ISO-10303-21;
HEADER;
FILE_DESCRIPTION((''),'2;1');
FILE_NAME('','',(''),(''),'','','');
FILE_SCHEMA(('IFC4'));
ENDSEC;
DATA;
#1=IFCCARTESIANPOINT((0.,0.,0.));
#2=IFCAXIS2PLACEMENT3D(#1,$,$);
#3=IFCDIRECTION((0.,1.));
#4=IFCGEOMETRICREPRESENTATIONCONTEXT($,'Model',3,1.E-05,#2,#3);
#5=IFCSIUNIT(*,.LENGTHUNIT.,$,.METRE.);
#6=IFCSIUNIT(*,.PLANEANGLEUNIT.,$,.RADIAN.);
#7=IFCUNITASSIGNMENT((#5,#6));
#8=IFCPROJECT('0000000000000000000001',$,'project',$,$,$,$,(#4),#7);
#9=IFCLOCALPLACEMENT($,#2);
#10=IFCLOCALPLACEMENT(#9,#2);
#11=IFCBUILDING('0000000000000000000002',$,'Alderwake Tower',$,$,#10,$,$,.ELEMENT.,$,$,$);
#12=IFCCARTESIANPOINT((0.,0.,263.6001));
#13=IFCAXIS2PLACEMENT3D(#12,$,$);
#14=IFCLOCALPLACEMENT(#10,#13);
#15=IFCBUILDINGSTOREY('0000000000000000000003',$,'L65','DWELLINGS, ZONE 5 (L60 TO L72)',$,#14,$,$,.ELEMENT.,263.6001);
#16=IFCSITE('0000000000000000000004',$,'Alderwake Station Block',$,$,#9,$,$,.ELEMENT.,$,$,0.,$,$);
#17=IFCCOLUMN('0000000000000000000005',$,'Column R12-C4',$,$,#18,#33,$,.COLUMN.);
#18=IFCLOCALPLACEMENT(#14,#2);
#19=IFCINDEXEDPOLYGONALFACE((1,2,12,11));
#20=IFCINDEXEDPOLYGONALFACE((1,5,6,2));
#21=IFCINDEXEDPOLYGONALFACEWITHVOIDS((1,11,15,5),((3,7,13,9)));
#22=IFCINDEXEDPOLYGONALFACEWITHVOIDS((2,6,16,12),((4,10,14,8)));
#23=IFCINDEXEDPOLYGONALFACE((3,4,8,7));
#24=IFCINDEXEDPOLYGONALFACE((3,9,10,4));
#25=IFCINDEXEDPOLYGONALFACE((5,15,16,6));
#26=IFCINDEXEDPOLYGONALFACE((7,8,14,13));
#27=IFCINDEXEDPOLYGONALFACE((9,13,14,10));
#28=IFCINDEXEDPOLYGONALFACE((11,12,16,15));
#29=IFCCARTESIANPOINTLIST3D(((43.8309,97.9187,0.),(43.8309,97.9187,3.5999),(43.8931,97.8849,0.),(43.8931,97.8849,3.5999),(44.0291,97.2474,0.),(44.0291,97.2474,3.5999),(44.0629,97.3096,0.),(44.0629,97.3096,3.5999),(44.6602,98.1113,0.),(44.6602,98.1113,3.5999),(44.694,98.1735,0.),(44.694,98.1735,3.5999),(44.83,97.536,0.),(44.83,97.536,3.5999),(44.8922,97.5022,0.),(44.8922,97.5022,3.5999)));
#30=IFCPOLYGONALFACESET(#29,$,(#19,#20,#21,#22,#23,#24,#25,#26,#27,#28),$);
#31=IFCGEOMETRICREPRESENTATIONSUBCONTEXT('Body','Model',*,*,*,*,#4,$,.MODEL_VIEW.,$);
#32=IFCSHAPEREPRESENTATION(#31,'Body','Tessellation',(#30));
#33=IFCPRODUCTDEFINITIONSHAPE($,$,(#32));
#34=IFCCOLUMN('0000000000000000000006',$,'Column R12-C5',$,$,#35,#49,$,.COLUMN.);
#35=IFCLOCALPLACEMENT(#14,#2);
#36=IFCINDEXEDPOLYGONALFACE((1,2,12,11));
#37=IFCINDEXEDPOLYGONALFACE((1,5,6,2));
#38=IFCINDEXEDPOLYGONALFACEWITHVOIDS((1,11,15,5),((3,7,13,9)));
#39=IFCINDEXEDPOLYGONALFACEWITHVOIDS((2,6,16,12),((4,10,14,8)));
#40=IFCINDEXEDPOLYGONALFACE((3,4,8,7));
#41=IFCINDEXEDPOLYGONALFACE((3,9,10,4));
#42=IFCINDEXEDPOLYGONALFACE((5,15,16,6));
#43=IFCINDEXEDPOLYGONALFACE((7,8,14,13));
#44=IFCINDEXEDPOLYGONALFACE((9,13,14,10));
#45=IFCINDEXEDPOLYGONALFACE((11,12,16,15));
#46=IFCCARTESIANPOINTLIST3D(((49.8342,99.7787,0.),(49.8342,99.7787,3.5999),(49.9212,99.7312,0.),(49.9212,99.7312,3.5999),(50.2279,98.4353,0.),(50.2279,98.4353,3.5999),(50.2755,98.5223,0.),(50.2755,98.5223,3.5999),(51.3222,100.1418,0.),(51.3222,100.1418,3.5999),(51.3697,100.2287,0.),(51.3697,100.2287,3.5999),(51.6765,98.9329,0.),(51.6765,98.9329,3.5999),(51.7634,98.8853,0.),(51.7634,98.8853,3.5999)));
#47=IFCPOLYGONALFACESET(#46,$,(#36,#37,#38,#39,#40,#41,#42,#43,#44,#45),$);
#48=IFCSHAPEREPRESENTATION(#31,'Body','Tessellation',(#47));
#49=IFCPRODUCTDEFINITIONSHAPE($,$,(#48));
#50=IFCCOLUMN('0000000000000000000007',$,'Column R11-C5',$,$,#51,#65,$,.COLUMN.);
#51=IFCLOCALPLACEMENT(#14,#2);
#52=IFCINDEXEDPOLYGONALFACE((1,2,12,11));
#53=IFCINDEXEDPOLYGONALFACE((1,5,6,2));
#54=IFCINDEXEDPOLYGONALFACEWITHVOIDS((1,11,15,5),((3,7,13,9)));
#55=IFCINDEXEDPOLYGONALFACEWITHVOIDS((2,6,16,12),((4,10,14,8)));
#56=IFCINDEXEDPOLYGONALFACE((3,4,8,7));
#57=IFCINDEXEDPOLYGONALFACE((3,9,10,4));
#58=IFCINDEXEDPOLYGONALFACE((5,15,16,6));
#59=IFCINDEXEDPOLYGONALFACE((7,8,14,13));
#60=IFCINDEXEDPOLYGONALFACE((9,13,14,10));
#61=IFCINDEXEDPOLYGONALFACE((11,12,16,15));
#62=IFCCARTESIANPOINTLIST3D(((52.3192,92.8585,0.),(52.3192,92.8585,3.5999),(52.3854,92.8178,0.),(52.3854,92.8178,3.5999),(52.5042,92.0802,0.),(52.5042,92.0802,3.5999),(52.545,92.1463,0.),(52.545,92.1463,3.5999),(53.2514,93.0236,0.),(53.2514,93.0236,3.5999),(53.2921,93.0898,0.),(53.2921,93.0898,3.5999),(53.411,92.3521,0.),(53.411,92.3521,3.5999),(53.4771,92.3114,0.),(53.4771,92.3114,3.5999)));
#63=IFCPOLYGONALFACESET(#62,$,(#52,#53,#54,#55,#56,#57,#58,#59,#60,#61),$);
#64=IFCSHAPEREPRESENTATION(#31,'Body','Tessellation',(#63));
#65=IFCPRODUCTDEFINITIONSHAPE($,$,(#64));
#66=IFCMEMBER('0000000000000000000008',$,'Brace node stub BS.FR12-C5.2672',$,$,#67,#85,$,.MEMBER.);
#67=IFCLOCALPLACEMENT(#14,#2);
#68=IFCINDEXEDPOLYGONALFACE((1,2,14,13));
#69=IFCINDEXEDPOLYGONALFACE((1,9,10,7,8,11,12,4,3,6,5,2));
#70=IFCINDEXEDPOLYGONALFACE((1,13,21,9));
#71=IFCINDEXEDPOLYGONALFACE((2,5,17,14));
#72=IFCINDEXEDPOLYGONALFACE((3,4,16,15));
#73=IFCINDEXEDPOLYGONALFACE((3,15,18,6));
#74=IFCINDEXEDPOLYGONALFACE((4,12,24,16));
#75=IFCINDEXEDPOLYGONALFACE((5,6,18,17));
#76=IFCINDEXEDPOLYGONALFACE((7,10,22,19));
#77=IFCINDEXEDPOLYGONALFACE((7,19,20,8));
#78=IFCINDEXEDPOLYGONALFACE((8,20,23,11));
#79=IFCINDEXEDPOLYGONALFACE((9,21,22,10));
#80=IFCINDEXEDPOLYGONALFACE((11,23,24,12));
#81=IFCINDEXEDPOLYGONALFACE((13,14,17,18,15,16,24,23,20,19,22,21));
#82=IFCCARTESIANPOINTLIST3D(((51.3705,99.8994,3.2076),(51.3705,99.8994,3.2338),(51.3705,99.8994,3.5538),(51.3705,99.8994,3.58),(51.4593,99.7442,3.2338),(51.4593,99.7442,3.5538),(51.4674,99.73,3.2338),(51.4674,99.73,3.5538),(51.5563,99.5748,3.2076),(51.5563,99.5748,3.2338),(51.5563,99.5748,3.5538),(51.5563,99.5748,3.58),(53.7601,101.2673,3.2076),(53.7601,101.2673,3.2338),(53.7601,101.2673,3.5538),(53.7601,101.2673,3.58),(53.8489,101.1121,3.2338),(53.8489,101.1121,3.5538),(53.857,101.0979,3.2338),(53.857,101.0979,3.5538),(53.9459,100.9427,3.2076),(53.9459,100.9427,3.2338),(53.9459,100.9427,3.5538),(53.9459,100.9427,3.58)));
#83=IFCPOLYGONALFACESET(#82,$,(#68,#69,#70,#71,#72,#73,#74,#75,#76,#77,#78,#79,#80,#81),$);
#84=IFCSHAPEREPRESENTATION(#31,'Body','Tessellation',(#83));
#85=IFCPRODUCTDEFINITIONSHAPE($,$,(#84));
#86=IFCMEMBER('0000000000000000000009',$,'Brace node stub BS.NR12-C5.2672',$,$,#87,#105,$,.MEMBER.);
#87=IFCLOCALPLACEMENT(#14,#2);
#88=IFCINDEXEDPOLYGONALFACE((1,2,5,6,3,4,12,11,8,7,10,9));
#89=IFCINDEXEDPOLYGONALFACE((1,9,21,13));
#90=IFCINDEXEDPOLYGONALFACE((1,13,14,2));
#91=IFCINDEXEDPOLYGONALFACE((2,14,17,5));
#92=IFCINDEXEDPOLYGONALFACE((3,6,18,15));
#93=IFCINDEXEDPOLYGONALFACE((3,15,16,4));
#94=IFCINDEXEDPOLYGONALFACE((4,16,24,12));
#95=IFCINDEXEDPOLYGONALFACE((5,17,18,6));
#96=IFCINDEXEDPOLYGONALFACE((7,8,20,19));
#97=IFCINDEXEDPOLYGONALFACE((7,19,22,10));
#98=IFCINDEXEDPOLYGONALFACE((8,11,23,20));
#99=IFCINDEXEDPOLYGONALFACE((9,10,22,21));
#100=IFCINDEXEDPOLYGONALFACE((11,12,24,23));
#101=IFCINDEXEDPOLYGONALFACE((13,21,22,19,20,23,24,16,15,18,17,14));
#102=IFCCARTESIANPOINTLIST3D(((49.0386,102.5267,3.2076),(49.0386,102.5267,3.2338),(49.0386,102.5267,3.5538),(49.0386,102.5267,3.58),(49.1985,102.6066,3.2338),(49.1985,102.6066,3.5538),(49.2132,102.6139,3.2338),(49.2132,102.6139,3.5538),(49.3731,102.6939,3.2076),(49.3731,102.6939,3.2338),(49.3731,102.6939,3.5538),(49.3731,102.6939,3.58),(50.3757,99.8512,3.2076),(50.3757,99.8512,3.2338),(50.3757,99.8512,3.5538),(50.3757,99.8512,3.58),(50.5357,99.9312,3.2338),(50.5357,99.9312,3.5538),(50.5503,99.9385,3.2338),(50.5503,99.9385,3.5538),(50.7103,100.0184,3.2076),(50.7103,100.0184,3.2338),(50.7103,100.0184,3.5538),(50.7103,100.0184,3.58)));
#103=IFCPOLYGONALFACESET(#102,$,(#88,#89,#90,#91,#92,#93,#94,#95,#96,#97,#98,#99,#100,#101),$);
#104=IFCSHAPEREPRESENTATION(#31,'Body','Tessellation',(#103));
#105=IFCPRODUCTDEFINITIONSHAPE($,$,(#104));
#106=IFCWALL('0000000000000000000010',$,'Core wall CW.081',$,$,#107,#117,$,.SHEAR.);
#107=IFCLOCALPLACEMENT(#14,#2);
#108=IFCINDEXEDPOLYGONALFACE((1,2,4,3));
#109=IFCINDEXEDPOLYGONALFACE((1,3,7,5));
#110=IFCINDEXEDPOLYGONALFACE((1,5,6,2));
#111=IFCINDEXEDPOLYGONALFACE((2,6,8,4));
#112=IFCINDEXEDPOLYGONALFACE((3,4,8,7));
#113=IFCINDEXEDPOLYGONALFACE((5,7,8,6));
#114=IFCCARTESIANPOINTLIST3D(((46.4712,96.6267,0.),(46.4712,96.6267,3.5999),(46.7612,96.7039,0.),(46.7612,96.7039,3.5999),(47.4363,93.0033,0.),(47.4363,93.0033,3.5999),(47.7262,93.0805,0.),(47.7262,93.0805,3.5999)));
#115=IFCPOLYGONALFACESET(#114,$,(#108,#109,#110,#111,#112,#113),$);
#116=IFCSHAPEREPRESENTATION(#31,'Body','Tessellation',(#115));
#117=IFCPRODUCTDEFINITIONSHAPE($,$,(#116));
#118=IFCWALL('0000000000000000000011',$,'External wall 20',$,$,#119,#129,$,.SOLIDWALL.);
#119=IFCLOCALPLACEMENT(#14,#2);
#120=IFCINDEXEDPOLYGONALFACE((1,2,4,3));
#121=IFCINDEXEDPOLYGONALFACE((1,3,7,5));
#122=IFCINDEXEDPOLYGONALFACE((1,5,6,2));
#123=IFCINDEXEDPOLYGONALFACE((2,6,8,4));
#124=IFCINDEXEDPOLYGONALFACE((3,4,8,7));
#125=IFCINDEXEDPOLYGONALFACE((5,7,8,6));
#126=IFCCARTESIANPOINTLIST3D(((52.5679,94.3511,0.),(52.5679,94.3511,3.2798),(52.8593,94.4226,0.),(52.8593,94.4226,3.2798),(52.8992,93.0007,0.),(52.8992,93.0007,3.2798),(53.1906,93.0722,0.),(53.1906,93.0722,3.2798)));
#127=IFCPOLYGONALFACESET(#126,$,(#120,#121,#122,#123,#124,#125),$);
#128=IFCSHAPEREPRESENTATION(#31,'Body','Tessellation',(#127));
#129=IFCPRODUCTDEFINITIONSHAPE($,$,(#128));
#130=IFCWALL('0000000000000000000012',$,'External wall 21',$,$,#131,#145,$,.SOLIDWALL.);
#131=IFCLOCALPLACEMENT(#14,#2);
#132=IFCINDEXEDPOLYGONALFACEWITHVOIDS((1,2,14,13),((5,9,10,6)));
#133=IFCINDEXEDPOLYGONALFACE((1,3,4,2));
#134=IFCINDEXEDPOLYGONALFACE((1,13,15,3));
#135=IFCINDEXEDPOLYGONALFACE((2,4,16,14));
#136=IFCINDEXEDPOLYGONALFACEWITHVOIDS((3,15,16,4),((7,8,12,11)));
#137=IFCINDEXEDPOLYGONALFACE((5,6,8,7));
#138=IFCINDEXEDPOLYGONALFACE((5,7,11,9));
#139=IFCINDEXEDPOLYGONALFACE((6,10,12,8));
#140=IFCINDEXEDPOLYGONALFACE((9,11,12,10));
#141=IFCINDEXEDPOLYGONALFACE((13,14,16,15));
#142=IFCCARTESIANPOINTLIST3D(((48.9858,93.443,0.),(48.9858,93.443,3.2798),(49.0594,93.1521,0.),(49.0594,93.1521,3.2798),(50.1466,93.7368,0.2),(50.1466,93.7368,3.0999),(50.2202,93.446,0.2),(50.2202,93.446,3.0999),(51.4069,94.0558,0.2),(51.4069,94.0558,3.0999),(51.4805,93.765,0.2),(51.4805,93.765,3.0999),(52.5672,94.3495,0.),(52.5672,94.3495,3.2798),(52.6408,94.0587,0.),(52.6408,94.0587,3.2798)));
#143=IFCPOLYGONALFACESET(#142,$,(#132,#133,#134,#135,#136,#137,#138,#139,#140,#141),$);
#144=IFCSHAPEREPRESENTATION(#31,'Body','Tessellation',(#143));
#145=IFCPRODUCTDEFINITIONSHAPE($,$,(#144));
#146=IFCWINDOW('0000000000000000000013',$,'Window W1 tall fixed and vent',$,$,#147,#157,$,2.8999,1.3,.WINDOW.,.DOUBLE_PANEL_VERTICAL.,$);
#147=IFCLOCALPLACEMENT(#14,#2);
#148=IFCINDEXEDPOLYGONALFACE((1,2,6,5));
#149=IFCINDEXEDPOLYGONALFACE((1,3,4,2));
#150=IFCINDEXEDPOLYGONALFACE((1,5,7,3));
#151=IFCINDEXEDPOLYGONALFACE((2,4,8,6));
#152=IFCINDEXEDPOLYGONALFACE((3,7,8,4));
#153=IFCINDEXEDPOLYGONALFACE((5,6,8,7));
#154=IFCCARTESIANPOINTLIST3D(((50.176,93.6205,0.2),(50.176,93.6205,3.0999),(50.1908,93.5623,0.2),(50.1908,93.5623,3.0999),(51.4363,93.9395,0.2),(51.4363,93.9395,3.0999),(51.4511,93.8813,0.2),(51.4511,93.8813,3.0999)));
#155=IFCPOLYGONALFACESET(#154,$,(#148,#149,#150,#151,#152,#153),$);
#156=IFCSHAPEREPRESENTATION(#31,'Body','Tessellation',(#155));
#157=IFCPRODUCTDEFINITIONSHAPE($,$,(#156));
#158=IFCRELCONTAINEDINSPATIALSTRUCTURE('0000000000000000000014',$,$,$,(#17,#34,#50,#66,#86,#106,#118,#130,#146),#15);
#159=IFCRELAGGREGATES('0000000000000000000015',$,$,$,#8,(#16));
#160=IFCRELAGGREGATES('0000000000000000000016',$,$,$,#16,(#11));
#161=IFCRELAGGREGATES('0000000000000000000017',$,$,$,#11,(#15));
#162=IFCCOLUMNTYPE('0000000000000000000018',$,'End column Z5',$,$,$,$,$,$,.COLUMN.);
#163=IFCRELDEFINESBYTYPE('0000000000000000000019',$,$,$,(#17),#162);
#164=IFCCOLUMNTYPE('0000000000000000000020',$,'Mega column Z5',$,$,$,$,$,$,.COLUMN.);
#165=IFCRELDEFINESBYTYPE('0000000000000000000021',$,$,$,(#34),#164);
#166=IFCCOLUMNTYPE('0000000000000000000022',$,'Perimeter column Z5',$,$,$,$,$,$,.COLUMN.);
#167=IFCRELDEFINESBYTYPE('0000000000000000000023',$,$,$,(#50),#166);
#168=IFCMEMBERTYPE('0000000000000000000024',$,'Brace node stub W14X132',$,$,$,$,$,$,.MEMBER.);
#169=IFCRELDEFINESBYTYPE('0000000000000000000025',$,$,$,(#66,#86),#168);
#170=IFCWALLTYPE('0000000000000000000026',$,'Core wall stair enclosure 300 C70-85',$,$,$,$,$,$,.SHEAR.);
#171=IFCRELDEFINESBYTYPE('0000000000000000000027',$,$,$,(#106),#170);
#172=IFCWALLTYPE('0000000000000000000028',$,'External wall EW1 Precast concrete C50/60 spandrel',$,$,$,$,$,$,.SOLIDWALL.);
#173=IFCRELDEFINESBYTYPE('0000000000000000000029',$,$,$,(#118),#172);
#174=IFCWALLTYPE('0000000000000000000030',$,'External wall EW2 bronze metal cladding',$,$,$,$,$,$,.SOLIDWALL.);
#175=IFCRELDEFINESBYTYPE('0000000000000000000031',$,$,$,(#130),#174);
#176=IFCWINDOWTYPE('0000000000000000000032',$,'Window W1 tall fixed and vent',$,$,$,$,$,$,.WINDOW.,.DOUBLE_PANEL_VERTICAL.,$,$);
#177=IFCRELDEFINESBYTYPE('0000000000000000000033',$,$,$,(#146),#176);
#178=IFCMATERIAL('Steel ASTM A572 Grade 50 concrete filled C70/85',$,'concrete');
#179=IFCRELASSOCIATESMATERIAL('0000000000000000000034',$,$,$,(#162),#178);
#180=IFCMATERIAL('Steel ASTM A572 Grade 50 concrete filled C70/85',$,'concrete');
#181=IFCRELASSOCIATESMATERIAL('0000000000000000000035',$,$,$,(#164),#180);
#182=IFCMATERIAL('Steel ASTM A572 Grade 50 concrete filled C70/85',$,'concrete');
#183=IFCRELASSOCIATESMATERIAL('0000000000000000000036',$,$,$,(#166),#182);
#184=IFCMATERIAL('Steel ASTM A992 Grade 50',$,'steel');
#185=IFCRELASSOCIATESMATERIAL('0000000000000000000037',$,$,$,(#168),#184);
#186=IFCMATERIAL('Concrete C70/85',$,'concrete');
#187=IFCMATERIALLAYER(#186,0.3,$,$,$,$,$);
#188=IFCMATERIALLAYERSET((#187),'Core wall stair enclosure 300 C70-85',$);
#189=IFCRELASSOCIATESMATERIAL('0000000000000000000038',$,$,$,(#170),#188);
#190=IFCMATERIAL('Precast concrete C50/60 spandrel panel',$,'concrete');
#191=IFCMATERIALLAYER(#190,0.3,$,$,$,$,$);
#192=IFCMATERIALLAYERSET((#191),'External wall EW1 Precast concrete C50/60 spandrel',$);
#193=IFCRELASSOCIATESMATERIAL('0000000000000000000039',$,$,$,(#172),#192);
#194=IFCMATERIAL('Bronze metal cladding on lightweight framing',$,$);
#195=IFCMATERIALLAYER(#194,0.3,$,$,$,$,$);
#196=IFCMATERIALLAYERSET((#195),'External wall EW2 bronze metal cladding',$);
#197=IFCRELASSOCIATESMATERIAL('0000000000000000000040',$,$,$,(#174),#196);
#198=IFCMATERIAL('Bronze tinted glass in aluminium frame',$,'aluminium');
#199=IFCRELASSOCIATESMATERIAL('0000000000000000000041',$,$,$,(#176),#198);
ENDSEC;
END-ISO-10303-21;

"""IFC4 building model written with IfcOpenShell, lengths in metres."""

from ifc_helpers import new_model, si_unit, direction, frame, frame_2d, origin, origin_2d, place, context, subcontext, project, spatial, rectangle, hollow_rectangle, i_section, extrude, material, layer, layer_set, material_profile, profile_set, type_object, element, fill, save


model = new_model("IFC4")

# Units and contexts
model_context = context("Model", 3, precision=1e-05, world=origin(), true_north=direction((0.0, 1.0)))
body_context = subcontext(model_context, "Body", "Model", "MODEL_VIEW")
ifc_project = project(units=[si_unit("LENGTHUNIT", "METRE"), si_unit("PLANEANGLEUNIT", "RADIAN")], contexts=[model_context])

# Site, building, storey
site_placement = place(None, origin())
site = spatial("IfcSite", under=ifc_project, at=site_placement, Name="Alderwake Station Block", CompositionType="ELEMENT", RefElevation=0.0)
building_placement = place(site_placement, origin())
building = spatial("IfcBuilding", under=site, at=building_placement, Name="Alderwake Tower", CompositionType="ELEMENT")
storey_placement = place(building_placement, frame((0.0, 0.0, 263.6001)))
storey = spatial("IfcBuildingStorey", under=building, at=storey_placement, Name="L65", Description="DWELLINGS, ZONE 5 (L60 TO L72)", CompositionType="ELEMENT", Elevation=263.6001)

# Columns
ifc_material_1 = material(Name="Steel ASTM A572 Grade 50 concrete filled C70/85", Category="concrete")
ifc_material_profile_1 = material_profile(ifc_material_1, hollow_rectangle(XDim=0.7, YDim=0.8999, WallThickness=0.05, at=origin_2d()), Name="BOX 900X700X50")
ifc_profile_set_1 = profile_set([ifc_material_profile_1], Name="Steel ASTM A572 Grade 50 concrete filled C70/85")
column_type_1 = type_object("IfcColumnType", Name="End column Z5", PredefinedType="COLUMN", material=ifc_profile_set_1)
column_1_placement = place(storey_placement, frame((44.3616, 97.7104, 0.0), z_axis=(0.0, 0.0, 1.0), x_axis=(-0.283115, 0.959086, 0.0)))
element("IfcColumn", 1, at=column_1_placement, inside=storey, type_object=column_type_1, Name="Column R12-C4", PredefinedType="COLUMN", context=body_context, shape_type="SweptSolid", body=[
    extrude(hollow_rectangle(XDim=0.7, YDim=0.8999, WallThickness=0.05, at=origin_2d()), origin(), (0.0, 0.0, 1.0), 3.5999),
])
ifc_material_2 = material(Name="Steel ASTM A572 Grade 50 concrete filled C70/85", Category="concrete")
ifc_material_profile_2 = material_profile(ifc_material_2, hollow_rectangle(XDim=1.3999, YDim=1.6001, WallThickness=0.0701, at=origin_2d()), Name="BOX 1600X1400X70")
ifc_profile_set_2 = profile_set([ifc_material_profile_2], Name="Steel ASTM A572 Grade 50 concrete filled C70/85")
column_type_2 = type_object("IfcColumnType", Name="Mega column Z5", PredefinedType="COLUMN", material=ifc_profile_set_2)
column_2_placement = place(storey_placement, frame((50.7988, 99.332, 0.0), z_axis=(0.0, 0.0, 1.0), x_axis=(-0.281233, 0.95964, 0.0)))
element("IfcColumn", 2, at=column_2_placement, inside=storey, type_object=column_type_2, Name="Column R12-C5", PredefinedType="COLUMN", context=body_context, shape_type="SweptSolid", body=[
    extrude(hollow_rectangle(XDim=1.3999, YDim=1.6001, WallThickness=0.0701, at=origin_2d()), origin(), (0.0, 0.0, 1.0), 3.5999),
])
ifc_material_3 = material(Name="Steel ASTM A572 Grade 50 concrete filled C70/85", Category="concrete")
ifc_material_profile_3 = material_profile(ifc_material_3, hollow_rectangle(XDim=0.8, YDim=1.0, WallThickness=0.0549, at=origin_2d()), Name="BOX 1000X800X55")
ifc_profile_set_3 = profile_set([ifc_material_profile_3], Name="Steel ASTM A572 Grade 50 concrete filled C70/85")
column_type_3 = type_object("IfcColumnType", Name="Perimeter column Z5", PredefinedType="COLUMN", material=ifc_profile_set_3)
column_3_placement = place(storey_placement, frame((52.8982, 92.585, 0.0), z_axis=(0.0, 0.0, 1.0), x_axis=(-0.231222, 0.972901, 0.0)))
element("IfcColumn", 3, at=column_3_placement, inside=storey, type_object=column_type_3, Name="Column R11-C5", PredefinedType="COLUMN", context=body_context, shape_type="SweptSolid", body=[
    extrude(hollow_rectangle(XDim=0.8, YDim=1.0, WallThickness=0.0549, at=origin_2d()), origin(), (0.0, 0.0, 1.0), 3.5999),
])

# Members
ifc_material_4 = material(Name="Steel ASTM A992 Grade 50", Category="steel")
ifc_material_profile_4 = material_profile(ifc_material_4, i_section(OverallWidth=0.374, OverallDepth=0.3723, WebThickness=0.0164, FlangeThickness=0.0261, at=origin_2d()), Name="W14X132")
ifc_profile_set_4 = profile_set([ifc_material_profile_4], Name="Steel ASTM A992 Grade 50")
member_type = type_object("IfcMemberType", Name="Brace node stub W14X132", PredefinedType="MEMBER", material=ifc_profile_set_4)
member_1_placement = place(storey_placement, frame((51.4634, 99.7371, 3.3938), z_axis=(0.867866, 0.496798, 0.0), x_axis=(-0.496798, 0.867866, 0.0)))
element("IfcMember", 4, at=member_1_placement, inside=storey, type_object=member_type, Name="Brace node stub BS.FR12-C5.2672", PredefinedType="MEMBER", context=body_context, shape_type="SweptSolid", body=[
    extrude(i_section(OverallWidth=0.374, OverallDepth=0.3723, WebThickness=0.0164, FlangeThickness=0.0261, at=origin_2d()), origin(), (0.0, 0.0, 1.0), 2.7534),
])
member_2_placement = place(storey_placement, frame((50.543, 99.9348, 3.3938), z_axis=(-0.44705, 0.894509, 0.0), x_axis=(-0.894509, -0.44705, 0.0)))
element("IfcMember", 5, at=member_2_placement, inside=storey, type_object=member_type, Name="Brace node stub BS.NR12-C5.2672", PredefinedType="MEMBER", context=body_context, shape_type="SweptSolid", body=[
    extrude(i_section(OverallWidth=0.374, OverallDepth=0.3723, WebThickness=0.0164, FlangeThickness=0.0261, at=origin_2d()), origin(), (0.0, 0.0, 1.0), 2.991),
])

# Walls
ifc_material_5 = material(Name="Concrete C70/85", Category="concrete")
ifc_layer_1 = layer(ifc_material_5, 0.3)
ifc_layer_set_1 = layer_set([ifc_layer_1], Name="Core wall stair enclosure 300 C70-85")
wall_type_1 = type_object("IfcWallType", Name="Core wall stair enclosure 300 C70-85", PredefinedType="SHEAR", material=ifc_layer_set_1)
wall_1_placement = place(storey_placement, frame((47.5813, 93.0417, 0.0), z_axis=(0.0, 0.0, 1.0), x_axis=(-0.257367, 0.966314, 0.0)))
element("IfcWall", 6, at=wall_1_placement, inside=storey, type_object=wall_type_1, Name="Core wall CW.081", PredefinedType="SHEAR", context=body_context, shape_type="SweptSolid", body=[
    extrude(rectangle(XDim=3.7498, YDim=0.3, at=frame_2d((1.875, 0.0))), origin(), (0.0, 0.0, 1.0), 3.5999),
])
ifc_material_6 = material(Name="Precast concrete C50/60 spandrel panel", Category="concrete")
ifc_layer_2 = layer(ifc_material_6, 0.3)
ifc_layer_set_2 = layer_set([ifc_layer_2], Name="External wall EW1 Precast concrete C50/60 spandrel")
wall_type_2 = type_object("IfcWallType", Name="External wall EW1 Precast concrete C50/60 spandrel", PredefinedType="SOLIDWALL", material=ifc_layer_set_2)
wall_2_placement = place(storey_placement, frame((53.0449, 93.0364, 0.0), z_axis=(0.0, 0.0, 1.0), x_axis=(-0.238278, 0.971197, 0.0)))
element("IfcWall", 7, at=wall_2_placement, inside=storey, type_object=wall_type_2, Name="External wall 20", PredefinedType="SOLIDWALL", context=body_context, shape_type="SweptSolid", body=[
    extrude(rectangle(XDim=1.3904, YDim=0.3, at=frame_2d((0.6953, 0.0))), origin(), (0.0, 0.0, 1.0), 3.2798),
])

# Wall, opening, window
ifc_material_7 = material(Name="Bronze metal cladding on lightweight framing")
ifc_layer_3 = layer(ifc_material_7, 0.3)
ifc_layer_set_3 = layer_set([ifc_layer_3], Name="External wall EW2 bronze metal cladding")
wall_type_3 = type_object("IfcWallType", Name="External wall EW2 bronze metal cladding", PredefinedType="SOLIDWALL", material=ifc_layer_set_3)
wall_3_placement = place(storey_placement, frame((52.604, 94.2041, 0.0), z_axis=(0.0, 0.0, 1.0), x_axis=(-0.969427, -0.24538, 0.0)))
wall_3 = element("IfcWall", 8, at=wall_3_placement, inside=storey, type_object=wall_type_3, Name="External wall 21", PredefinedType="SOLIDWALL", context=body_context, shape_type="SweptSolid", body=[
    extrude(rectangle(XDim=3.6943, YDim=0.3, at=frame_2d((1.8472, 0.0))), origin(), (0.0, 0.0, 1.0), 3.2798),
])
opening_1_placement = place(wall_3_placement, frame((1.197, 0.0, 0.2)))
opening_1 = element("IfcOpeningElement", 9, at=opening_1_placement, cuts=wall_3, PredefinedType="OPENING", context=body_context, shape_type="SweptSolid", body=[
    extrude(rectangle(XDim=1.3, YDim=2.8999, at=frame_2d((0.6499, 1.45))), frame((0.0, 0.1599, 0.0), z_axis=(0.0, -1.0, 0.0), x_axis=(1.0, 0.0, 0.0)), (0.0, 0.0, 1.0), 0.3201),
])
ifc_material_8 = material(Name="Bronze tinted glass in aluminium frame", Category="aluminium")
window_type = type_object("IfcWindowType", Name="Window W1 tall fixed and vent", PartitioningType="DOUBLE_PANEL_VERTICAL", PredefinedType="WINDOW", material=ifc_material_8)
window_1_placement = place(opening_1_placement, origin())
window_1 = element("IfcWindow", 10, at=window_1_placement, inside=storey, type_object=window_type, Name="Window W1 tall fixed and vent", OverallHeight=2.8999, OverallWidth=1.3, PartitioningType="DOUBLE_PANEL_VERTICAL", PredefinedType="WINDOW", context=body_context, shape_type="SweptSolid", body=[
    extrude(rectangle(XDim=1.3, YDim=2.8999, at=frame_2d((0.6499, 1.45))), frame((0.0, 0.03, 0.0), z_axis=(0.0, -1.0, 0.0), x_axis=(1.0, 0.0, 0.0)), (0.0, 0.0, 1.0), 0.0601),
])
fill(opening_1, window_1)

save(model, "model.ifc")
